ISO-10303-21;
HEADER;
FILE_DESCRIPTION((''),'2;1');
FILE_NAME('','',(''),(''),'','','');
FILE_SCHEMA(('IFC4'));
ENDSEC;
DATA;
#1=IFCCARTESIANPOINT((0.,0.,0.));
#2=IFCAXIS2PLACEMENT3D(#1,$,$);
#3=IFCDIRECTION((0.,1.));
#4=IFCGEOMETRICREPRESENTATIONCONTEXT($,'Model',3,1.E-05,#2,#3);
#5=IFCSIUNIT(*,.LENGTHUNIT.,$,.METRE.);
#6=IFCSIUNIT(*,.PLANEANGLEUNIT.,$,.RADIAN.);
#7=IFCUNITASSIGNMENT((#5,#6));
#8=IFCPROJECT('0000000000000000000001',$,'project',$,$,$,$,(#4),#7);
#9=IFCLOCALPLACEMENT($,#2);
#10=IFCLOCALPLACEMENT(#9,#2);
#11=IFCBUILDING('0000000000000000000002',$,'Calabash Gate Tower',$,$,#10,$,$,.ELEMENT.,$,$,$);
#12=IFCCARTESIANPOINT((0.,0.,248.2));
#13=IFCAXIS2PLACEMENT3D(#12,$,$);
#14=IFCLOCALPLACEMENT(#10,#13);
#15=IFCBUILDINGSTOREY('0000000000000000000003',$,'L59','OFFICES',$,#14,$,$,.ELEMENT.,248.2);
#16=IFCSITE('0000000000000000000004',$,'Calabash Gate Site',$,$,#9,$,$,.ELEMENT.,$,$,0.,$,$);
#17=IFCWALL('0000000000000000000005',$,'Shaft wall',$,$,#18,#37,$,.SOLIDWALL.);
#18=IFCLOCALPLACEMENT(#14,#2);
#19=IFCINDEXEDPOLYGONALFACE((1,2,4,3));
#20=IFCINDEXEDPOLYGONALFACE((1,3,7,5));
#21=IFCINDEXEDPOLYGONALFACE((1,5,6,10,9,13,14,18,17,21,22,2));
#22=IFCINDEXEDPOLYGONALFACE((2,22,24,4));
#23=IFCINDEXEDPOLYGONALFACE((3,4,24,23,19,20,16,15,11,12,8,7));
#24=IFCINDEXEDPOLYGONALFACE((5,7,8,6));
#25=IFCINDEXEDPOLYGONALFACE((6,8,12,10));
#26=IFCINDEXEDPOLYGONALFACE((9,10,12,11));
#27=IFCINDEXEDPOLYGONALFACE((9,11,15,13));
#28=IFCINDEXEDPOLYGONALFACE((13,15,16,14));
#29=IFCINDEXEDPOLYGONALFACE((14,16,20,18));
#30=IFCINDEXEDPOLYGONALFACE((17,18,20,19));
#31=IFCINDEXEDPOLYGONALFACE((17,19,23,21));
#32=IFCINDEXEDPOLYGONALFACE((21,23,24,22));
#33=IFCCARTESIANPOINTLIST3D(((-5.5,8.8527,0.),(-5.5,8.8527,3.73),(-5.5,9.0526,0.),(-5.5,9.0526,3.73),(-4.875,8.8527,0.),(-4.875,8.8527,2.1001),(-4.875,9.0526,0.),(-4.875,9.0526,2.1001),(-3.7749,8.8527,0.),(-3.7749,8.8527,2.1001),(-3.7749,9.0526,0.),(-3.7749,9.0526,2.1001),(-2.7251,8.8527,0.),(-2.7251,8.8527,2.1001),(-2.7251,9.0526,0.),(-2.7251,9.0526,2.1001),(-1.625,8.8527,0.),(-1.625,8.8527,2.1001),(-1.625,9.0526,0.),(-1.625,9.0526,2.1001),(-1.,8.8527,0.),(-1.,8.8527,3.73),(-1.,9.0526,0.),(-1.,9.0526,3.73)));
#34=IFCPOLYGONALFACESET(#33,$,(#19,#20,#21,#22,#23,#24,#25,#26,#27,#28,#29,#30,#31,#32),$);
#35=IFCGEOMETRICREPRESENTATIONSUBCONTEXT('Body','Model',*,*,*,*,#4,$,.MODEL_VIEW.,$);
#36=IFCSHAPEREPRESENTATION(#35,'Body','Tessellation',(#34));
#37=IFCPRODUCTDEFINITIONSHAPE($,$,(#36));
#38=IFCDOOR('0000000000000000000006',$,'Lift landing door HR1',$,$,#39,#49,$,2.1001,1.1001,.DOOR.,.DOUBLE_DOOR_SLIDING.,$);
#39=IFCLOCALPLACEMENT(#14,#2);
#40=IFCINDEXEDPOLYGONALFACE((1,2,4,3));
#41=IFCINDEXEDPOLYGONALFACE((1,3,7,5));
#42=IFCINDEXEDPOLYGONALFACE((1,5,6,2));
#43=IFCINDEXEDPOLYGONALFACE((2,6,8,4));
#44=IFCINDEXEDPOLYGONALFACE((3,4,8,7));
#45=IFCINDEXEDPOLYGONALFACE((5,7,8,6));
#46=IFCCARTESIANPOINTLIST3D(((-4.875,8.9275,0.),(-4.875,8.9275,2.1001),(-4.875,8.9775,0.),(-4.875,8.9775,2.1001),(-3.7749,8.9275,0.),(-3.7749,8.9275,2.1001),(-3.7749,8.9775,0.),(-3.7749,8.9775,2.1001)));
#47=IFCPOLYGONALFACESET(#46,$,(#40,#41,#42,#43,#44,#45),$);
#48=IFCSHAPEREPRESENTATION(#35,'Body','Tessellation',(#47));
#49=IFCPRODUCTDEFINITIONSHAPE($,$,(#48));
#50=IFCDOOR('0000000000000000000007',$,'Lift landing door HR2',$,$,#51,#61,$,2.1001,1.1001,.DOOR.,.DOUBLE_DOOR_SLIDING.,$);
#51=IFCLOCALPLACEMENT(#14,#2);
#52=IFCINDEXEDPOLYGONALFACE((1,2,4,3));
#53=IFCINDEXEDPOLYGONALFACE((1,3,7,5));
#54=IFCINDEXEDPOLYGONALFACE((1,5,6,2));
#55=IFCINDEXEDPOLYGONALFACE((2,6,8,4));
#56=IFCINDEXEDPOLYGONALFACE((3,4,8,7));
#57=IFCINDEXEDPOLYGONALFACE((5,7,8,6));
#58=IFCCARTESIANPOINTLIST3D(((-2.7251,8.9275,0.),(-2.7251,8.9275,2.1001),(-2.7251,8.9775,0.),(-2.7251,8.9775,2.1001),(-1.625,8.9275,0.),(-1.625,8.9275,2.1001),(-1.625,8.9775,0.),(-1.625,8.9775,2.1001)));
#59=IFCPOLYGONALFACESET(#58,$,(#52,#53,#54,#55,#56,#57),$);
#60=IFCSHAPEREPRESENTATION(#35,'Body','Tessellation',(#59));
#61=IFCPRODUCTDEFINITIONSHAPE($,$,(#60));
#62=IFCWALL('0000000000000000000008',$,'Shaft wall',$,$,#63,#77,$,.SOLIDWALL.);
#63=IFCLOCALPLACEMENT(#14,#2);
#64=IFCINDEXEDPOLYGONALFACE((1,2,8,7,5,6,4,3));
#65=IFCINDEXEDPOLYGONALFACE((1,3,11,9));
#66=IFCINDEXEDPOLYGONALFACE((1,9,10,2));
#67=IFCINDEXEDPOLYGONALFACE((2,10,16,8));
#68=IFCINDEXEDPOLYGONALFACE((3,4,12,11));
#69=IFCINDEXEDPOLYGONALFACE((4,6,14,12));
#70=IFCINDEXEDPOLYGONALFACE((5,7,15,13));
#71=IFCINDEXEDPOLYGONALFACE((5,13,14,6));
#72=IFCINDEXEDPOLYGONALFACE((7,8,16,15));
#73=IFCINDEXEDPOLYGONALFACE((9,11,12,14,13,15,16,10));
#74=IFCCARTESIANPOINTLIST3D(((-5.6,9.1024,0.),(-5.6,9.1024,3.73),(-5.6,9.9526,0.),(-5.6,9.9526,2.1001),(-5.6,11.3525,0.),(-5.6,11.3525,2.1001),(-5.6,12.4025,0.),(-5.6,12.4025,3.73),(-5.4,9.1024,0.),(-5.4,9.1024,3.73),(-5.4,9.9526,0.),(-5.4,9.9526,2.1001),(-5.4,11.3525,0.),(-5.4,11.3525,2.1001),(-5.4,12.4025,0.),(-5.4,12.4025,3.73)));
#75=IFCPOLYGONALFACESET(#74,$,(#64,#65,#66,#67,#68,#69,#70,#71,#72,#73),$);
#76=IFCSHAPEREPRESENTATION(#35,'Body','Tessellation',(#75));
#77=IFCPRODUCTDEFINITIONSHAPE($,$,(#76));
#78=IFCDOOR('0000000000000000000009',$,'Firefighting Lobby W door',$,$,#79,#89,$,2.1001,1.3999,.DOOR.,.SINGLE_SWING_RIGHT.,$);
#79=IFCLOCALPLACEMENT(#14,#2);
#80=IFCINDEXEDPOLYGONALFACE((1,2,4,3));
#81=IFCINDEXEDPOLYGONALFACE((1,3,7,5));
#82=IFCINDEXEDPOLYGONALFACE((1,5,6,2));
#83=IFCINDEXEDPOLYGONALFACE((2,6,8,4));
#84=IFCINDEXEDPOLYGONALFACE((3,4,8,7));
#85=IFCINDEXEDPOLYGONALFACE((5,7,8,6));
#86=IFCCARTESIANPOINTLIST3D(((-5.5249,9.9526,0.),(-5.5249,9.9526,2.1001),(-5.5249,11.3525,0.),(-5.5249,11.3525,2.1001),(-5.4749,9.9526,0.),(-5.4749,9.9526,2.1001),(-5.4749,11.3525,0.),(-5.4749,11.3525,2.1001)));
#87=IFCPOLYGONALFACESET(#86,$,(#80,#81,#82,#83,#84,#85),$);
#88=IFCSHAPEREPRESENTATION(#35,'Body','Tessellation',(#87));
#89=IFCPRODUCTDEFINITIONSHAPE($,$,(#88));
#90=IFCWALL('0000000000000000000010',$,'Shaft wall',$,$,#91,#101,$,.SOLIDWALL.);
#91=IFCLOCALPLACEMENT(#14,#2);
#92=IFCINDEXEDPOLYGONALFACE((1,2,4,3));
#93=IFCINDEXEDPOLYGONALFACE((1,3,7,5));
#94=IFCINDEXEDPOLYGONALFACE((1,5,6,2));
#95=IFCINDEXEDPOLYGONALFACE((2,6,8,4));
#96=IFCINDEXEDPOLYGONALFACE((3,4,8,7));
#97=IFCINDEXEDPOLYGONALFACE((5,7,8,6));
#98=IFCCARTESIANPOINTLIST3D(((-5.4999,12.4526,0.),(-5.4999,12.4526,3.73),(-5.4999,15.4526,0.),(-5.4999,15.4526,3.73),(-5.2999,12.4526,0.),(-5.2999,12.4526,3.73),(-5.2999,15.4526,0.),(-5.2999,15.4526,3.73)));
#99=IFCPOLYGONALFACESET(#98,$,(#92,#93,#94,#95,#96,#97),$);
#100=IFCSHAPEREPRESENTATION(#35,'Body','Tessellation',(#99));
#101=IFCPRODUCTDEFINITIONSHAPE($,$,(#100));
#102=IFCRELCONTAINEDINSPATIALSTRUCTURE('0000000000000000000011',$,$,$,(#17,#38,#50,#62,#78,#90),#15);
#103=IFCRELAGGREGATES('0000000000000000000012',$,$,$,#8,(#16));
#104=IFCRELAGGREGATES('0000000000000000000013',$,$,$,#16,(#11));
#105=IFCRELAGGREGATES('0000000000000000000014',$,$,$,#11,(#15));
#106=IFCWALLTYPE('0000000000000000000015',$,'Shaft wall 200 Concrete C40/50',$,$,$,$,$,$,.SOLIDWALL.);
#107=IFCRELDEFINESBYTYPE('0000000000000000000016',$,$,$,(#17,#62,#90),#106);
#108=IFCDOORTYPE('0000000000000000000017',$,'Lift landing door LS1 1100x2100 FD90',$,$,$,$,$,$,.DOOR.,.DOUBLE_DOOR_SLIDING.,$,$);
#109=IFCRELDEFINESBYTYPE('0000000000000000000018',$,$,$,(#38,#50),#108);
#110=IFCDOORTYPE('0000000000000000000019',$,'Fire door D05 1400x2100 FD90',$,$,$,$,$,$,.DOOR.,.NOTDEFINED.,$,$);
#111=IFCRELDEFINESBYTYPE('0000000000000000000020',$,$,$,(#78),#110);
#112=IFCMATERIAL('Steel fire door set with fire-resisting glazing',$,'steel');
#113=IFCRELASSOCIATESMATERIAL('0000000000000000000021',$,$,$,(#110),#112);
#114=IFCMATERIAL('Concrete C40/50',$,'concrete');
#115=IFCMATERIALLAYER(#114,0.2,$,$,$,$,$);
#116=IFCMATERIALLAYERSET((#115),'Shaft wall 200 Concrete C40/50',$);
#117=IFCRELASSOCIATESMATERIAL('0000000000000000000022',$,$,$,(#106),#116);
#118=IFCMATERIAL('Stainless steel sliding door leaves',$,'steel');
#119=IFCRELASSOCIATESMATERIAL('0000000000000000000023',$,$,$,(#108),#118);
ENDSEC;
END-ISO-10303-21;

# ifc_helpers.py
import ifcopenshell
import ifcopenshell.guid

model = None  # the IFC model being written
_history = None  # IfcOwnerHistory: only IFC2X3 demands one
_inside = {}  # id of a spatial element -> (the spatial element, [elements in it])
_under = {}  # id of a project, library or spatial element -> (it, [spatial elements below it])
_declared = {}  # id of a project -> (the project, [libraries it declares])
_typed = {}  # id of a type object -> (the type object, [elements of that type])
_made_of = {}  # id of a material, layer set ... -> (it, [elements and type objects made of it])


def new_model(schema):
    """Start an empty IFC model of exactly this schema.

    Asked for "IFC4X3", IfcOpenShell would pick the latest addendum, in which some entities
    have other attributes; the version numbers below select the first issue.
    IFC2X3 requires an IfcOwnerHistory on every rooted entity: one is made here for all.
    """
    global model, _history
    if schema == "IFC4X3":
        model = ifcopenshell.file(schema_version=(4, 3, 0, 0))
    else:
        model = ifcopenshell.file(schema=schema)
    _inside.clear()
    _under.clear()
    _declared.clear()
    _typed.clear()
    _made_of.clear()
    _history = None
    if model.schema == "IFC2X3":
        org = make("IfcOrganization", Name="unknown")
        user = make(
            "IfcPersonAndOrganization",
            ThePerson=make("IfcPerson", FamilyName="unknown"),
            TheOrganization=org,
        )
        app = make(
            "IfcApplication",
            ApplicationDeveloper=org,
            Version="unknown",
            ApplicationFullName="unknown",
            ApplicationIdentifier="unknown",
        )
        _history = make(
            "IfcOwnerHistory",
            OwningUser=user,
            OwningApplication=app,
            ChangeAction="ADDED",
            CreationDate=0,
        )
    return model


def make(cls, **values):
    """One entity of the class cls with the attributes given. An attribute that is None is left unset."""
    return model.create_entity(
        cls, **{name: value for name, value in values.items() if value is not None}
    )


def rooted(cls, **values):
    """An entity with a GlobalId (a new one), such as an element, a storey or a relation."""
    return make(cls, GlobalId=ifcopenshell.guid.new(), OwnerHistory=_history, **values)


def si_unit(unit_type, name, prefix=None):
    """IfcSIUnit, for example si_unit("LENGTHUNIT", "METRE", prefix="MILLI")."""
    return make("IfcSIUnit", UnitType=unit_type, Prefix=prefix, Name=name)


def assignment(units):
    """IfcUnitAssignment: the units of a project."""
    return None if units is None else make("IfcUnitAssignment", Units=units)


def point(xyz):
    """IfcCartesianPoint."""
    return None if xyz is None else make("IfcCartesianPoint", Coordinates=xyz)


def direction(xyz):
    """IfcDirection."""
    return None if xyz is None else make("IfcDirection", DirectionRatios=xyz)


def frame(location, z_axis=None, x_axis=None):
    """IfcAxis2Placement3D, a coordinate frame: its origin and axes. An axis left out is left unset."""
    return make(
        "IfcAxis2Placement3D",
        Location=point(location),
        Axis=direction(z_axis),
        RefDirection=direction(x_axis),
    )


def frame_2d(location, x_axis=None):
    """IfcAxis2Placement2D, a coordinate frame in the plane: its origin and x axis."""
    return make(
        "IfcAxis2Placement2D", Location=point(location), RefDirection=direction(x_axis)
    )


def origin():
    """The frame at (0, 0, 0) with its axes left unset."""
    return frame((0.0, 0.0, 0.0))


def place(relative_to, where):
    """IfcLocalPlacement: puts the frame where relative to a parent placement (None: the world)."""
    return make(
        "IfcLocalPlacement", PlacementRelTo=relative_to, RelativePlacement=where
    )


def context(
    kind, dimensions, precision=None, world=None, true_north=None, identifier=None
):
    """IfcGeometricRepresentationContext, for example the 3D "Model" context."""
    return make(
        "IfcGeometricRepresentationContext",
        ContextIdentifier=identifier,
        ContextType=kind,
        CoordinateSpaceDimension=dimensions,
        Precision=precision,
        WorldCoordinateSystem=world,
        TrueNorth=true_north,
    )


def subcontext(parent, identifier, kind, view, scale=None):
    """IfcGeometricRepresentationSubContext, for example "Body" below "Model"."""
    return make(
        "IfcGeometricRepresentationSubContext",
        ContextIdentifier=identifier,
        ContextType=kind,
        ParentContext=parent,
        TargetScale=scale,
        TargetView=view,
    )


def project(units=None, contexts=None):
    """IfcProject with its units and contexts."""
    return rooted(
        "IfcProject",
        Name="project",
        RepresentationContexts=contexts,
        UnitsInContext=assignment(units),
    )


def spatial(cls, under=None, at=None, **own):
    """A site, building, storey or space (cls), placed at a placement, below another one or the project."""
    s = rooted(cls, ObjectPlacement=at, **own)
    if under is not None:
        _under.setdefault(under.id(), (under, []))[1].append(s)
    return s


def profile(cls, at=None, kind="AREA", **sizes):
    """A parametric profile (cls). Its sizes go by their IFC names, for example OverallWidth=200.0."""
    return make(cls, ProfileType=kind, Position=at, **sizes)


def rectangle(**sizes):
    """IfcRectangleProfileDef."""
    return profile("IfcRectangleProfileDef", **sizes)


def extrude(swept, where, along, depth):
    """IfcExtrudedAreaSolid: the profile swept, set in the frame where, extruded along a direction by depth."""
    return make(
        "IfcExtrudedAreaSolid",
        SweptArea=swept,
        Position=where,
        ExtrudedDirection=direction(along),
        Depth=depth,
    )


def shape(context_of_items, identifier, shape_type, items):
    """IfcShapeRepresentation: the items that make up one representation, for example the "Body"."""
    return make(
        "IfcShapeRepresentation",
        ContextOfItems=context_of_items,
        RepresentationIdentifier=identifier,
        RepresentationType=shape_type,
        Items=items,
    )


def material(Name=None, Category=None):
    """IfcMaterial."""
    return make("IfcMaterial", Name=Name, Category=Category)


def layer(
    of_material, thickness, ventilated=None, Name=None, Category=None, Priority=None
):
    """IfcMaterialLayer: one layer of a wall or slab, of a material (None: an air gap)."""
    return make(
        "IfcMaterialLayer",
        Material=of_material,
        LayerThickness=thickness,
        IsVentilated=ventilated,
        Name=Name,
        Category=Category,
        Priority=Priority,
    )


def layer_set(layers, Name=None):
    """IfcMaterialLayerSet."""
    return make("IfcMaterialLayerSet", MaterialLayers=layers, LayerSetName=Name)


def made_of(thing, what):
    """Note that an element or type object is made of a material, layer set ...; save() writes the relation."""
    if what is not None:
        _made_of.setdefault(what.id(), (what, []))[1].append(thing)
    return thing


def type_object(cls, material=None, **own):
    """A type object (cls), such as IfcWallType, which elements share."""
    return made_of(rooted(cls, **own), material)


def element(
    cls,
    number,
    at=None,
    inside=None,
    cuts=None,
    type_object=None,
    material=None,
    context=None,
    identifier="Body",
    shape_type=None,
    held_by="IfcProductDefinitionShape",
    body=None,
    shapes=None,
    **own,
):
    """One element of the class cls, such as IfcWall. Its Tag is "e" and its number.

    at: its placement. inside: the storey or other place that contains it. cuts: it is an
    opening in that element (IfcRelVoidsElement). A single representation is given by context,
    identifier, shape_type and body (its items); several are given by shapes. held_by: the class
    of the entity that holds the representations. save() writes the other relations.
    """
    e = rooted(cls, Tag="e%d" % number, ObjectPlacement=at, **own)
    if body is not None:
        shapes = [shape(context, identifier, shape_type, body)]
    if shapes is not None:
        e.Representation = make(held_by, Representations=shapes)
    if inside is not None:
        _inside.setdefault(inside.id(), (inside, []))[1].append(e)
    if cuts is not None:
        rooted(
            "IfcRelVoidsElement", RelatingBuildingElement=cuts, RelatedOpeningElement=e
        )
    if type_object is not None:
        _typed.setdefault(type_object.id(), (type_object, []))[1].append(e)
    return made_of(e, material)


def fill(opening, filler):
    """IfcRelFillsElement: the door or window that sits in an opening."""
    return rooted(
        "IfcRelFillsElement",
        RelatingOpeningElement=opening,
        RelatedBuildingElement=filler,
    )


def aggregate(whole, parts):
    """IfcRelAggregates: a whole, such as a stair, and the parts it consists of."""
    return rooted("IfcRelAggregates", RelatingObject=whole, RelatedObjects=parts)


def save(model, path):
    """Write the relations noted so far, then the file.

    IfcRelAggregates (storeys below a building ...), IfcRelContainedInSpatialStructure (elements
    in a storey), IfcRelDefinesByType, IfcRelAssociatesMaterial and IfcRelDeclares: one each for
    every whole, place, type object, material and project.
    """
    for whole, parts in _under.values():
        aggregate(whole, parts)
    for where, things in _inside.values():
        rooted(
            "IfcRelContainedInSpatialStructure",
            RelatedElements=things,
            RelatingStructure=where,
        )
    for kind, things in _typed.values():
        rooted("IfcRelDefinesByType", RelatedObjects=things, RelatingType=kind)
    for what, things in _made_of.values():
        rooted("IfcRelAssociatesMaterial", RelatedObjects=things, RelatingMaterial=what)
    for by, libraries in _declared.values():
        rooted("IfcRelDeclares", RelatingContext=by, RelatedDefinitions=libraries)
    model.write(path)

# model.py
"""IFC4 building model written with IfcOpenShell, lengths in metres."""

from ifc_helpers import new_model, si_unit, direction, frame, frame_2d, origin, place, context, subcontext, project, spatial, rectangle, extrude, material, layer, layer_set, type_object, element, fill, save


model = new_model("IFC4")

# Units and contexts
model_context = context("Model", 3, precision=1e-05, world=origin(), true_north=direction((0.0, 1.0)))
body_context = subcontext(model_context, "Body", "Model", "MODEL_VIEW")
ifc_project = project(units=[si_unit("LENGTHUNIT", "METRE"), si_unit("PLANEANGLEUNIT", "RADIAN")], contexts=[model_context])

# Site, building, storey
site_placement = place(None, origin())
site = spatial("IfcSite", under=ifc_project, at=site_placement, Name="Calabash Gate Site", CompositionType="ELEMENT", RefElevation=0.0)
building_placement = place(site_placement, origin())
building = spatial("IfcBuilding", under=site, at=building_placement, Name="Calabash Gate Tower", CompositionType="ELEMENT")
storey_placement = place(building_placement, frame((0.0, 0.0, 248.2)))
storey = spatial("IfcBuildingStorey", under=building, at=storey_placement, Name="L59", Description="OFFICES", CompositionType="ELEMENT", Elevation=248.2)

# Shared definitions
ifc_material_1 = material(Name="Steel fire door set with fire-resisting glazing", Category="steel")
door_type_1 = type_object("IfcDoorType", Name="Fire door D05 1400x2100 FD90", OperationType="NOTDEFINED", PredefinedType="DOOR", material=ifc_material_1)

# Shared definitions
ifc_material_2 = material(Name="Concrete C40/50", Category="concrete")
ifc_layer_1 = layer(ifc_material_2, 0.2)
ifc_layer_set_1 = layer_set([ifc_layer_1], Name="Shaft wall 200 Concrete C40/50")
wall_type_1 = type_object("IfcWallType", Name="Shaft wall 200 Concrete C40/50", PredefinedType="SOLIDWALL", material=ifc_layer_set_1)

# Wall, openings, doors
wall_1_placement = place(storey_placement, frame((-5.5, 8.9526, 0.0), z_axis=(0.0, 0.0, 1.0), x_axis=(1.0, 0.0, 0.0)))
wall_1 = element("IfcWall", 1, at=wall_1_placement, inside=storey, type_object=wall_type_1, Name="Shaft wall", PredefinedType="SOLIDWALL", context=body_context, shape_type="SweptSolid", body=[
    extrude(rectangle(XDim=4.5, YDim=0.2, at=frame_2d((2.25, 0.0))), origin(), (0.0, 0.0, 1.0), 3.73),
])
opening_1_placement = place(wall_1_placement, frame((0.625, 0.0, 0.0)))
opening_1 = element("IfcOpeningElement", 2, at=opening_1_placement, cuts=wall_1, PredefinedType="OPENING", context=body_context, shape_type="SweptSolid", body=[
    extrude(rectangle(XDim=1.1001, YDim=2.1001, at=frame_2d((0.55, 1.05))), frame((0.0, 0.1099, 0.0), z_axis=(0.0, -1.0, 0.0), x_axis=(1.0, 0.0, 0.0)), (0.0, 0.0, 1.0), 0.22),
])
opening_2_placement = place(wall_1_placement, frame((2.7749, 0.0, 0.0)))
opening_2 = element("IfcOpeningElement", 3, at=opening_2_placement, cuts=wall_1, PredefinedType="OPENING", context=body_context, shape_type="SweptSolid", body=[
    extrude(rectangle(XDim=1.1001, YDim=2.1001, at=frame_2d((0.55, 1.05))), frame((0.0, 0.1099, 0.0), z_axis=(0.0, -1.0, 0.0), x_axis=(1.0, 0.0, 0.0)), (0.0, 0.0, 1.0), 0.22),
])
ifc_material_3 = material(Name="Stainless steel sliding door leaves", Category="steel")
door_type_2 = type_object("IfcDoorType", Name="Lift landing door LS1 1100x2100 FD90", OperationType="DOUBLE_DOOR_SLIDING", PredefinedType="DOOR", material=ifc_material_3)
door_1_placement = place(opening_1_placement, origin())
door_1 = element("IfcDoor", 4, at=door_1_placement, inside=storey, type_object=door_type_2, Name="Lift landing door HR1", OperationType="DOUBLE_DOOR_SLIDING", OverallHeight=2.1001, OverallWidth=1.1001, PredefinedType="DOOR", context=body_context, shape_type="SweptSolid", body=[
    extrude(rectangle(XDim=1.1001, YDim=2.1001, at=frame_2d((0.55, 1.05))), frame((0.0, 0.0249, 0.0), z_axis=(0.0, -1.0, 0.0), x_axis=(1.0, 0.0, 0.0)), (0.0, 0.0, 1.0), 0.05),
])
fill(opening_1, door_1)
door_2_placement = place(opening_2_placement, origin())
door_2 = element("IfcDoor", 5, at=door_2_placement, inside=storey, type_object=door_type_2, Name="Lift landing door HR2", OperationType="DOUBLE_DOOR_SLIDING", OverallHeight=2.1001, OverallWidth=1.1001, PredefinedType="DOOR", context=body_context, shape_type="SweptSolid", body=[
    extrude(rectangle(XDim=1.1001, YDim=2.1001, at=frame_2d((0.55, 1.05))), frame((0.0, 0.0249, 0.0), z_axis=(0.0, -1.0, 0.0), x_axis=(1.0, 0.0, 0.0)), (0.0, 0.0, 1.0), 0.05),
])
fill(opening_2, door_2)

# Wall, opening, door
wall_2_placement = place(storey_placement, frame((-5.5, 9.1025, 0.0), z_axis=(0.0, 0.0, 1.0), x_axis=(0.0, 1.0, 0.0)))
wall_2 = element("IfcWall", 6, at=wall_2_placement, inside=storey, type_object=wall_type_1, Name="Shaft wall", PredefinedType="SOLIDWALL", context=body_context, shape_type="SweptSolid", body=[
    extrude(rectangle(XDim=3.3, YDim=0.2, at=frame_2d((1.6499, 0.0))), origin(), (0.0, 0.0, 1.0), 3.73),
])
opening_3_placement = place(wall_2_placement, frame((0.8501, 0.0, 0.0)))
opening_3 = element("IfcOpeningElement", 7, at=opening_3_placement, cuts=wall_2, PredefinedType="OPENING", context=body_context, shape_type="SweptSolid", body=[
    extrude(rectangle(XDim=1.3999, YDim=2.1001, at=frame_2d((0.7, 1.05))), frame((0.0, 0.1099, 0.0), z_axis=(0.0, -1.0, 0.0), x_axis=(1.0, 0.0, 0.0)), (0.0, 0.0, 1.0), 0.22),
])
door_3_placement = place(opening_3_placement, origin())
door_3 = element("IfcDoor", 8, at=door_3_placement, inside=storey, type_object=door_type_1, Name="Firefighting Lobby W door", OperationType="SINGLE_SWING_RIGHT", OverallHeight=2.1001, OverallWidth=1.3999, PredefinedType="DOOR", context=body_context, shape_type="SweptSolid", body=[
    extrude(rectangle(XDim=1.3999, YDim=2.1001, at=frame_2d((0.7, 1.05))), frame((0.0, 0.0249, 0.0), z_axis=(0.0, -1.0, 0.0), x_axis=(1.0, 0.0, 0.0)), (0.0, 0.0, 1.0), 0.05),
])
fill(opening_3, door_3)

# Wall
wall_3_placement = place(storey_placement, frame((-5.3999, 12.4526, 0.0), z_axis=(0.0, 0.0, 1.0), x_axis=(0.0, 1.0, 0.0)))
element("IfcWall", 9, at=wall_3_placement, inside=storey, type_object=wall_type_1, Name="Shaft wall", PredefinedType="SOLIDWALL", context=body_context, shape_type="SweptSolid", body=[
    extrude(rectangle(XDim=3.0, YDim=0.2, at=frame_2d((1.5, 0.0))), origin(), (0.0, 0.0, 1.0), 3.73),
])

save(model, "model.ifc")
